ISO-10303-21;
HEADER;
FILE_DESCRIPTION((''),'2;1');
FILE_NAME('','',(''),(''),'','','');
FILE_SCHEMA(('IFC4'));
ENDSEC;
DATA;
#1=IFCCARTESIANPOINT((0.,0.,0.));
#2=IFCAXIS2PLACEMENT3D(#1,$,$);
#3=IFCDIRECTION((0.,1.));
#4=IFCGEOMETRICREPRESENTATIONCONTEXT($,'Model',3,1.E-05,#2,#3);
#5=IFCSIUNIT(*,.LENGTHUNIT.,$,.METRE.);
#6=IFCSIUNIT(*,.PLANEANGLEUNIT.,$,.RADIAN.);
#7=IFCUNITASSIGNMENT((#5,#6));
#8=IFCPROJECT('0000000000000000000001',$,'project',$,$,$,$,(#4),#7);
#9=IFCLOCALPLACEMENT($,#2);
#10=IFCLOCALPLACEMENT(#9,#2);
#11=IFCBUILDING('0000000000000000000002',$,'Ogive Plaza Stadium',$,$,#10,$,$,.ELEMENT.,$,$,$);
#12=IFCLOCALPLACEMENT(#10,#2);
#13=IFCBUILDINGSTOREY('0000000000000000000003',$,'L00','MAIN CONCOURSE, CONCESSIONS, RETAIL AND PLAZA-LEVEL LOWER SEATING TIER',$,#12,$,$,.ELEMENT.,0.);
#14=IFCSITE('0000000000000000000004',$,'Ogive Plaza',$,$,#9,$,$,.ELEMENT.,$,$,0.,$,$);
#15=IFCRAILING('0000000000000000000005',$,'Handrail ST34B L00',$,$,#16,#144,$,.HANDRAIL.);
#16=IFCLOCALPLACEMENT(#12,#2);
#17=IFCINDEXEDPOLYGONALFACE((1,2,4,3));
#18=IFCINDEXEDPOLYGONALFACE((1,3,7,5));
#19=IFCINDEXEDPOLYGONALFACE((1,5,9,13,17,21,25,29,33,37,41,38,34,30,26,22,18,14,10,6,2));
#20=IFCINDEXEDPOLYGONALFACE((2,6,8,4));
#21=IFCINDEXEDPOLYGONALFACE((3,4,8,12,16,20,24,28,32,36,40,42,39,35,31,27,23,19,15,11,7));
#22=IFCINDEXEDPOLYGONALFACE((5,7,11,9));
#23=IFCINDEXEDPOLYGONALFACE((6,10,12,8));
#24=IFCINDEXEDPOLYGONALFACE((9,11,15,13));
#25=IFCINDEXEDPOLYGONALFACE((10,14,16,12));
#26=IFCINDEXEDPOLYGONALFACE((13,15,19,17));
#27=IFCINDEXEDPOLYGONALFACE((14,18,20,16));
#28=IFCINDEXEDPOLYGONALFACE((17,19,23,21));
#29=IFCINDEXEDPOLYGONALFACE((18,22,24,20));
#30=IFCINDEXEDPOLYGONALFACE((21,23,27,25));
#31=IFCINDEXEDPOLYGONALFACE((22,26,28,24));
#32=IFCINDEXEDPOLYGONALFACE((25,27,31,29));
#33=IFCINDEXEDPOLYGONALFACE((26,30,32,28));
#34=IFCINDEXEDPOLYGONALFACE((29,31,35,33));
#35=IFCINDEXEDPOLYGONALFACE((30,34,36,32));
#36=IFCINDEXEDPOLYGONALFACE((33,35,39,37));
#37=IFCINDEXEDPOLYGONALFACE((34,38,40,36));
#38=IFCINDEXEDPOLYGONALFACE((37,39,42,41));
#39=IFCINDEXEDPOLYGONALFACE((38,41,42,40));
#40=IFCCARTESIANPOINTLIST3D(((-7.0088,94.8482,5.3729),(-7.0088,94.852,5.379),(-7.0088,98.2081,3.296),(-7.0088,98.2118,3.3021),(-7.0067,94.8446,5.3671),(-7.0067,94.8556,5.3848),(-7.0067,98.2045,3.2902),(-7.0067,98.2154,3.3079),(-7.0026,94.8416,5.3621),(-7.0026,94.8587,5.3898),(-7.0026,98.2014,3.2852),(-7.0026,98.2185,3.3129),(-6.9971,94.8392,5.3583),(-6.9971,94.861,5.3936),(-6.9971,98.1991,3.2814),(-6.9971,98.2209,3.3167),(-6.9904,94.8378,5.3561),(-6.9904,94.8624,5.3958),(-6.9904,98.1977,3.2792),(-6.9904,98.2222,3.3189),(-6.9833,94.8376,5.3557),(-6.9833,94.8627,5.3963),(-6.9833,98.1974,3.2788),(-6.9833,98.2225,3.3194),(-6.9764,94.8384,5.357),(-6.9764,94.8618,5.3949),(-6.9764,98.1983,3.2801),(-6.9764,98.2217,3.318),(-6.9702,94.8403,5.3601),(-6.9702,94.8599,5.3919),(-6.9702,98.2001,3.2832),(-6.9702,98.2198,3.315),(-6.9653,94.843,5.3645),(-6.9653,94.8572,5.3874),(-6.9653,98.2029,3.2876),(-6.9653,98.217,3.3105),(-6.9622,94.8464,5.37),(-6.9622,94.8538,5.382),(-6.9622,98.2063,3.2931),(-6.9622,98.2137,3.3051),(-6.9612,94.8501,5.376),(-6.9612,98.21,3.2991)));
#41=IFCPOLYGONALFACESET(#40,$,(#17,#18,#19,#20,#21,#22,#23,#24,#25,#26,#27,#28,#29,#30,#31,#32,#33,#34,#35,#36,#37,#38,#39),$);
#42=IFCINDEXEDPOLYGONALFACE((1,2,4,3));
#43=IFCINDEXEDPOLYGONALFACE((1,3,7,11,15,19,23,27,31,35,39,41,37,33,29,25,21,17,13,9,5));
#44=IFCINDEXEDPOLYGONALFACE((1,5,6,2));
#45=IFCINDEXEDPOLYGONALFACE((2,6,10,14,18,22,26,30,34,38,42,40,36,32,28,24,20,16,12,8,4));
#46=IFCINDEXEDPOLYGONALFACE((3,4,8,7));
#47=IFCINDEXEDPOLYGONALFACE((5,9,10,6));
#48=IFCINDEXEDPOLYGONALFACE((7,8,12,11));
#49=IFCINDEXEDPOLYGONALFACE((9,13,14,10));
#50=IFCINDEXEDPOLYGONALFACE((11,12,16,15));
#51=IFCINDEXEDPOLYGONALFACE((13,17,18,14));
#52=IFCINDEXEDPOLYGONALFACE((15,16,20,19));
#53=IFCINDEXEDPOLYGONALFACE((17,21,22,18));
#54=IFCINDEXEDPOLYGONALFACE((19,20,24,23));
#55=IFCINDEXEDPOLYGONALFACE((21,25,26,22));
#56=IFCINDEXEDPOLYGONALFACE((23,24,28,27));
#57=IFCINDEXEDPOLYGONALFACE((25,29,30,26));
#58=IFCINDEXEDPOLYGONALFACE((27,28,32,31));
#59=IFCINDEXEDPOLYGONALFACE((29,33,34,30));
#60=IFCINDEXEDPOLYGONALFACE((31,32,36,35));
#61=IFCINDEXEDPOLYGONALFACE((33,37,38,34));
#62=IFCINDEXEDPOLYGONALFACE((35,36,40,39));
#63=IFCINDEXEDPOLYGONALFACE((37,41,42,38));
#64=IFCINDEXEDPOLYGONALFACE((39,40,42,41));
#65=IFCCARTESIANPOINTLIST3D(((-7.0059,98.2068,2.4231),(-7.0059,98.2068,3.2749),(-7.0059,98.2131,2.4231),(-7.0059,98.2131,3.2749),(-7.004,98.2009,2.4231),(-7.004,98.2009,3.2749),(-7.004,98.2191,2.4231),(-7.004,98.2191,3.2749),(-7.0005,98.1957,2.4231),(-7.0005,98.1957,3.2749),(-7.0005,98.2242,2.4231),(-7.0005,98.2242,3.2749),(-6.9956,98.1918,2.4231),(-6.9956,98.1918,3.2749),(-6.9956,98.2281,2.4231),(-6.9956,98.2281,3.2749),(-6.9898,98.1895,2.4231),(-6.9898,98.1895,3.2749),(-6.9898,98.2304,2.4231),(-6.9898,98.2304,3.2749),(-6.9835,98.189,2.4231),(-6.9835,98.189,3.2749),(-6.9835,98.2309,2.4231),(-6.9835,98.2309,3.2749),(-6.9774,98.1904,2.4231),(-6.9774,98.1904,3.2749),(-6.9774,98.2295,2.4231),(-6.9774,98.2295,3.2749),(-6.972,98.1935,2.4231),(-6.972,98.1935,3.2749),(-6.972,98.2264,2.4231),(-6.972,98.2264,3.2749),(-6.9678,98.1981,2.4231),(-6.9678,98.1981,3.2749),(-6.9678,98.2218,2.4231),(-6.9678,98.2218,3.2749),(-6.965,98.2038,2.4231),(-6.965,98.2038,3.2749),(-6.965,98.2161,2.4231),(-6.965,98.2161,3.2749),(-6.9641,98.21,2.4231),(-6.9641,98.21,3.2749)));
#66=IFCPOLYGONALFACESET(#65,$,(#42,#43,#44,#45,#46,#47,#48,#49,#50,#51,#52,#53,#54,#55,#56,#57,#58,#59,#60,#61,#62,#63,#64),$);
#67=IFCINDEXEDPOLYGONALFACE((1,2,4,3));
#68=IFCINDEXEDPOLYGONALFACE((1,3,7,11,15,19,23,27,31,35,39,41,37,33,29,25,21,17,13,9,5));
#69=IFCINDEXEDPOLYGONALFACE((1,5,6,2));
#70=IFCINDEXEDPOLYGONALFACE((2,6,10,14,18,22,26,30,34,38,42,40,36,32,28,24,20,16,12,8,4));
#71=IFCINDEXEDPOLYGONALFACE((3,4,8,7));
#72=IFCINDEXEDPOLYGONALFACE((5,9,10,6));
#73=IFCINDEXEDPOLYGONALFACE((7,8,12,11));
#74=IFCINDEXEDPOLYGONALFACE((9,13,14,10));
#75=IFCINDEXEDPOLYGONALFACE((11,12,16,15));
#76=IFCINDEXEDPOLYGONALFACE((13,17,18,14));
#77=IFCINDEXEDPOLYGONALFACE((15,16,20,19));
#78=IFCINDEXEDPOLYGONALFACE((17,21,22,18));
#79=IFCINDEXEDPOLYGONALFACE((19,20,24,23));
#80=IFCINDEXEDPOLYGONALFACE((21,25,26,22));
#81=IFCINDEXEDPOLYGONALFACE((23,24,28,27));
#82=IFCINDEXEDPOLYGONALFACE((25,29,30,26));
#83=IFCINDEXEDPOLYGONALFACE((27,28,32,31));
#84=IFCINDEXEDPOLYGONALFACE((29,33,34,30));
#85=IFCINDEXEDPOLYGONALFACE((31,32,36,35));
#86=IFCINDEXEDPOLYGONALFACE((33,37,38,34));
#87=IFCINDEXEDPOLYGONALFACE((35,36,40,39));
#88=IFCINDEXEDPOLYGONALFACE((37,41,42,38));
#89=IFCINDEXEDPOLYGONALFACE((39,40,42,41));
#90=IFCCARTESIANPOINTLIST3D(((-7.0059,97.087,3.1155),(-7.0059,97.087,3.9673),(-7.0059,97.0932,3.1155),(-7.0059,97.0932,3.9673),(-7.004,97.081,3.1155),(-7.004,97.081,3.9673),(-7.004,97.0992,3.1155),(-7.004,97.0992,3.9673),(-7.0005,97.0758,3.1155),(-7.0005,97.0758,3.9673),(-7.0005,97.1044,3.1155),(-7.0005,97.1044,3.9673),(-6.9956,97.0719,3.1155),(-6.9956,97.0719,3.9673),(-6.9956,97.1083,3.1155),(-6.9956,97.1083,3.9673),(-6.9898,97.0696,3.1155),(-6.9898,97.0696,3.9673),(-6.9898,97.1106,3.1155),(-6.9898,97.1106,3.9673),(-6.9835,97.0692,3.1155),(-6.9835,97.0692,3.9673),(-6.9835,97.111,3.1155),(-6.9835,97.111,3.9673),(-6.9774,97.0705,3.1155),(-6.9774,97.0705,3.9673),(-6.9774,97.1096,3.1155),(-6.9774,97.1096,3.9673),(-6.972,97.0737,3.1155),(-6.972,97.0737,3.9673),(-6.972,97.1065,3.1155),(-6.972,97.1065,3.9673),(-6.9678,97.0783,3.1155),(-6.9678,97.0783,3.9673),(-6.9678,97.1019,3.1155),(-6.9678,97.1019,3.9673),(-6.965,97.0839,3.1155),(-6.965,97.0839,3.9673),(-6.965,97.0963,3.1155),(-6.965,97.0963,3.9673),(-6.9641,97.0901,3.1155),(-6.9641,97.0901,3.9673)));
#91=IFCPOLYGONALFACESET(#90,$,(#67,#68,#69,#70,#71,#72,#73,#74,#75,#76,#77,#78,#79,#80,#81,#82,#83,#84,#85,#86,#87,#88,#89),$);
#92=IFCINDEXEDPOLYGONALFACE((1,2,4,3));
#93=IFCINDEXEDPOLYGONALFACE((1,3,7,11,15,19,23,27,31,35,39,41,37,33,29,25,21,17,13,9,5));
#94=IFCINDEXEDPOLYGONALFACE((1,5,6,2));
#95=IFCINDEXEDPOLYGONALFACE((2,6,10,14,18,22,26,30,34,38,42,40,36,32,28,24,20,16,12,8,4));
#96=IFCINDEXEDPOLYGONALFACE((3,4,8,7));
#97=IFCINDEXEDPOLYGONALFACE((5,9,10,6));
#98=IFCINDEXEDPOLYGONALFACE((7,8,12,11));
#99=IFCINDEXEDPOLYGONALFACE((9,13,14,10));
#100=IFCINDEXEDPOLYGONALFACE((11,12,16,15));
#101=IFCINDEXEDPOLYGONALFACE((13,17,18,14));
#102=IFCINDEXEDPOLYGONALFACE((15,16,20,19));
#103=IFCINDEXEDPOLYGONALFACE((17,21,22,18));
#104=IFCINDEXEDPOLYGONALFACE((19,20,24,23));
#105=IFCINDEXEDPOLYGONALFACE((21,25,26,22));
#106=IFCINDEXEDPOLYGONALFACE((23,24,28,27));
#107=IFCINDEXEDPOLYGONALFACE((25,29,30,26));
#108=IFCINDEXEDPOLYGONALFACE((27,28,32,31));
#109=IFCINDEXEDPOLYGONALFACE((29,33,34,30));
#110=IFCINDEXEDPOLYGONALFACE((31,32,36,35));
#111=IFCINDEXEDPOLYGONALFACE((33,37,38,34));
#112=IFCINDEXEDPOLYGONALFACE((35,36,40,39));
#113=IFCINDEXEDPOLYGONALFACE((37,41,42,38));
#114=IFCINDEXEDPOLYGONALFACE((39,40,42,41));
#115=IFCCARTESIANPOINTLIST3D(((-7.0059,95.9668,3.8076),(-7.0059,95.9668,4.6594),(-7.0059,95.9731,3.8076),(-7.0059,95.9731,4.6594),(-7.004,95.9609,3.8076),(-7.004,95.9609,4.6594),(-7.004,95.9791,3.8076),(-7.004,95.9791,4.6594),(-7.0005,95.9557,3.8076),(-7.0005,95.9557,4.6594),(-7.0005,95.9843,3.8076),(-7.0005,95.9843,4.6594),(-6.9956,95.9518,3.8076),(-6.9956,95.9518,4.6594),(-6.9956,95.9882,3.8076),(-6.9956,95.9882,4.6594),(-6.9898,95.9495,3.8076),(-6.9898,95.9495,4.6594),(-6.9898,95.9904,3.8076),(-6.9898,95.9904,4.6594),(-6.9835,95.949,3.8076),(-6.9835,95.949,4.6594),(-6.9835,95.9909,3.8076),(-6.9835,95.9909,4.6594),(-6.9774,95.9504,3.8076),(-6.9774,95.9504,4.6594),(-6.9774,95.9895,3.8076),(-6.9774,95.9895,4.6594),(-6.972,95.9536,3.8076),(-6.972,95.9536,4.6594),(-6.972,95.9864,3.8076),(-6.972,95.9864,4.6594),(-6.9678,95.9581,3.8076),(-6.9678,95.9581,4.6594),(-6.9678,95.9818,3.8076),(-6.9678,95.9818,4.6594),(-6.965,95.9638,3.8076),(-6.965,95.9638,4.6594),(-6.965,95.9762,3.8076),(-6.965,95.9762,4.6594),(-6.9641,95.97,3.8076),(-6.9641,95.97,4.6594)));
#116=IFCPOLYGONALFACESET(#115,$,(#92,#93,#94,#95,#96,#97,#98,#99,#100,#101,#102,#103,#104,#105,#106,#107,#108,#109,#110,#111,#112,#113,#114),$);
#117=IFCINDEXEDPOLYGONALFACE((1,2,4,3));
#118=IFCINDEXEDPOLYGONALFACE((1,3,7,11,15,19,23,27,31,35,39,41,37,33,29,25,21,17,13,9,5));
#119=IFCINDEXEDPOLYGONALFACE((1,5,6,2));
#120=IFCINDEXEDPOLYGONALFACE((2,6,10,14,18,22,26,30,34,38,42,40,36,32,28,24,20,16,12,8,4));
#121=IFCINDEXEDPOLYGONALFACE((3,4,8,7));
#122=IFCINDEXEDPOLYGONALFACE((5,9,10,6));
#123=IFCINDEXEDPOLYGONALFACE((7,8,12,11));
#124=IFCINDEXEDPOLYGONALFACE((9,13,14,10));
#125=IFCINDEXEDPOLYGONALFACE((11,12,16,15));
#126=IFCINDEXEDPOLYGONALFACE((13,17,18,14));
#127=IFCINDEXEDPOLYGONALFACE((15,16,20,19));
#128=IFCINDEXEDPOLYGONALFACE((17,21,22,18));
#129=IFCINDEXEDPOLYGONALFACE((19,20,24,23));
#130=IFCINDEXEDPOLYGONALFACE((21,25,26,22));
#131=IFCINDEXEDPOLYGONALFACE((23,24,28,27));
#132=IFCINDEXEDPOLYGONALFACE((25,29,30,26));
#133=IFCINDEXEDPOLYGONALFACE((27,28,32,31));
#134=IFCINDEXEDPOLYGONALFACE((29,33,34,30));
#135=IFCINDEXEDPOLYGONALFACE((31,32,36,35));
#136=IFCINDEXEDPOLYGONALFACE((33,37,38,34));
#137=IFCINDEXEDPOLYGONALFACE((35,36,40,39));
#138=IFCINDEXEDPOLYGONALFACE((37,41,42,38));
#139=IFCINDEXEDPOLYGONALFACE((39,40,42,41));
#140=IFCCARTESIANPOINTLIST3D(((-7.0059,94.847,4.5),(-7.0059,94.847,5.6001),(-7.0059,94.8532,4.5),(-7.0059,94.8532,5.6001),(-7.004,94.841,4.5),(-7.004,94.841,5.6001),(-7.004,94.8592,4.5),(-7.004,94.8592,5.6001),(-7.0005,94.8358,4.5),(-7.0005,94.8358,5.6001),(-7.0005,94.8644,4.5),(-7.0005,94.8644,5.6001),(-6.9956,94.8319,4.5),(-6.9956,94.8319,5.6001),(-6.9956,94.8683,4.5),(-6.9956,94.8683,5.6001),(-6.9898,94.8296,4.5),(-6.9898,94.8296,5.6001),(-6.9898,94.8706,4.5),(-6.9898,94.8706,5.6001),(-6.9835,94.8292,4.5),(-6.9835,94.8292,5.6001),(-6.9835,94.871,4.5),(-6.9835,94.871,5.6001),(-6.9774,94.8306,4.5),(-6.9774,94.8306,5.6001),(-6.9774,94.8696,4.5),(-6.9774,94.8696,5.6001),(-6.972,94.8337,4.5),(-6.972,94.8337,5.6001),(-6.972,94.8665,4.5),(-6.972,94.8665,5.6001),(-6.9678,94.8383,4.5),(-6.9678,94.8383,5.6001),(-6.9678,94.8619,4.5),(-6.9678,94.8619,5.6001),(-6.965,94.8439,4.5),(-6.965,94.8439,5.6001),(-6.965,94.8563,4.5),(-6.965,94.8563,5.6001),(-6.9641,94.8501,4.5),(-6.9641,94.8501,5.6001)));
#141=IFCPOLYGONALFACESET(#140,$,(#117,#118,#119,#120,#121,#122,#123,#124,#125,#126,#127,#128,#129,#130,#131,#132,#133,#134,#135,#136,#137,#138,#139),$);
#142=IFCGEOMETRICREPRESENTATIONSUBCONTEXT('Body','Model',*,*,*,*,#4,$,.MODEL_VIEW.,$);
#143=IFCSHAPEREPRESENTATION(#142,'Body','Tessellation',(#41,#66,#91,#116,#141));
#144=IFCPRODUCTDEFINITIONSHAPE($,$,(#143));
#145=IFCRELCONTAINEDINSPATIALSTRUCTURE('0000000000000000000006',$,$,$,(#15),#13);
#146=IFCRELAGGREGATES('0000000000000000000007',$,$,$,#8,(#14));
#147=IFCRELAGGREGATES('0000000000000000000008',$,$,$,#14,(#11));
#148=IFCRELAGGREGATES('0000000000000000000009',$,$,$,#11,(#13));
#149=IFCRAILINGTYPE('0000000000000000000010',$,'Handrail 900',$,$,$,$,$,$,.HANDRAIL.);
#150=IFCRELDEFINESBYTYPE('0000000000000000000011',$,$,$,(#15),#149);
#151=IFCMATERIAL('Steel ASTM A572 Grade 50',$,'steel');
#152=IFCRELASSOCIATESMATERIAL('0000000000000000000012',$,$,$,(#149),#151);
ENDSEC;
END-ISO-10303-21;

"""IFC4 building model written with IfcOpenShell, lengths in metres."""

from ifc_helpers import new_model, si_unit, direction, frame, origin, origin_2d, place, context, subcontext, project, spatial, circle, extrude, material, type_object, element, save


model = new_model("IFC4")

# Units and contexts
model_context = context("Model", 3, precision=1e-05, world=origin(), true_north=direction((0.0, 1.0)))
body_context = subcontext(model_context, "Body", "Model", "MODEL_VIEW")
ifc_project = project(units=[si_unit("LENGTHUNIT", "METRE"), si_unit("PLANEANGLEUNIT", "RADIAN")], contexts=[model_context])

# Site, building, storey
site_placement = place(None, origin())
site = spatial("IfcSite", under=ifc_project, at=site_placement, Name="Ogive Plaza", CompositionType="ELEMENT", RefElevation=0.0)
building_placement = place(site_placement, origin())
building = spatial("IfcBuilding", under=site, at=building_placement, Name="Ogive Plaza Stadium", CompositionType="ELEMENT")
storey_placement = place(building_placement, origin())
storey = spatial("IfcBuildingStorey", under=building, at=storey_placement, Name="L00", Description="MAIN CONCOURSE, CONCESSIONS, RETAIL AND PLAZA-LEVEL LOWER SEATING TIER", CompositionType="ELEMENT", Elevation=0.0)

# Railing
ifc_material_1 = material(Name="Steel ASTM A572 Grade 50", Category="steel")
railing_type_1 = type_object("IfcRailingType", Name="Handrail 900", PredefinedType="HANDRAIL", material=ifc_material_1)
for number, where, name in (
    (1, (-6.9851, 98.21, 2.4231), "Handrail ST34B L00"),
):
    element("IfcRailing", number, at=place(storey_placement, frame(where)), inside=storey, type_object=railing_type_1, Name=name, PredefinedType="HANDRAIL", context=body_context, shape_type="SweptSolid", body=[
        extrude(circle(Radius=0.0239, at=origin_2d()), frame((0.0, 0.0, 0.876), z_axis=(0.0, -0.850606, 0.525803), x_axis=(1.0, 0.0, 0.0)), (0.0, 0.0, 1.0), 3.95),
        extrude(circle(Radius=0.021, at=origin_2d()), origin(), (0.0, 0.0, 1.0), 0.8518),
        extrude(circle(Radius=0.021, at=origin_2d()), frame((0.0, -1.1199, 0.6924)), (0.0, 0.0, 1.0), 0.8518),
        extrude(circle(Radius=0.021, at=origin_2d()), frame((0.0, -2.24, 1.3845)), (0.0, 0.0, 1.0), 0.8518),
        extrude(circle(Radius=0.021, at=origin_2d()), frame((0.0, -3.3599, 2.0769)), (0.0, 0.0, 1.0), 1.1001),
    ])

save(model, "model.ifc")
